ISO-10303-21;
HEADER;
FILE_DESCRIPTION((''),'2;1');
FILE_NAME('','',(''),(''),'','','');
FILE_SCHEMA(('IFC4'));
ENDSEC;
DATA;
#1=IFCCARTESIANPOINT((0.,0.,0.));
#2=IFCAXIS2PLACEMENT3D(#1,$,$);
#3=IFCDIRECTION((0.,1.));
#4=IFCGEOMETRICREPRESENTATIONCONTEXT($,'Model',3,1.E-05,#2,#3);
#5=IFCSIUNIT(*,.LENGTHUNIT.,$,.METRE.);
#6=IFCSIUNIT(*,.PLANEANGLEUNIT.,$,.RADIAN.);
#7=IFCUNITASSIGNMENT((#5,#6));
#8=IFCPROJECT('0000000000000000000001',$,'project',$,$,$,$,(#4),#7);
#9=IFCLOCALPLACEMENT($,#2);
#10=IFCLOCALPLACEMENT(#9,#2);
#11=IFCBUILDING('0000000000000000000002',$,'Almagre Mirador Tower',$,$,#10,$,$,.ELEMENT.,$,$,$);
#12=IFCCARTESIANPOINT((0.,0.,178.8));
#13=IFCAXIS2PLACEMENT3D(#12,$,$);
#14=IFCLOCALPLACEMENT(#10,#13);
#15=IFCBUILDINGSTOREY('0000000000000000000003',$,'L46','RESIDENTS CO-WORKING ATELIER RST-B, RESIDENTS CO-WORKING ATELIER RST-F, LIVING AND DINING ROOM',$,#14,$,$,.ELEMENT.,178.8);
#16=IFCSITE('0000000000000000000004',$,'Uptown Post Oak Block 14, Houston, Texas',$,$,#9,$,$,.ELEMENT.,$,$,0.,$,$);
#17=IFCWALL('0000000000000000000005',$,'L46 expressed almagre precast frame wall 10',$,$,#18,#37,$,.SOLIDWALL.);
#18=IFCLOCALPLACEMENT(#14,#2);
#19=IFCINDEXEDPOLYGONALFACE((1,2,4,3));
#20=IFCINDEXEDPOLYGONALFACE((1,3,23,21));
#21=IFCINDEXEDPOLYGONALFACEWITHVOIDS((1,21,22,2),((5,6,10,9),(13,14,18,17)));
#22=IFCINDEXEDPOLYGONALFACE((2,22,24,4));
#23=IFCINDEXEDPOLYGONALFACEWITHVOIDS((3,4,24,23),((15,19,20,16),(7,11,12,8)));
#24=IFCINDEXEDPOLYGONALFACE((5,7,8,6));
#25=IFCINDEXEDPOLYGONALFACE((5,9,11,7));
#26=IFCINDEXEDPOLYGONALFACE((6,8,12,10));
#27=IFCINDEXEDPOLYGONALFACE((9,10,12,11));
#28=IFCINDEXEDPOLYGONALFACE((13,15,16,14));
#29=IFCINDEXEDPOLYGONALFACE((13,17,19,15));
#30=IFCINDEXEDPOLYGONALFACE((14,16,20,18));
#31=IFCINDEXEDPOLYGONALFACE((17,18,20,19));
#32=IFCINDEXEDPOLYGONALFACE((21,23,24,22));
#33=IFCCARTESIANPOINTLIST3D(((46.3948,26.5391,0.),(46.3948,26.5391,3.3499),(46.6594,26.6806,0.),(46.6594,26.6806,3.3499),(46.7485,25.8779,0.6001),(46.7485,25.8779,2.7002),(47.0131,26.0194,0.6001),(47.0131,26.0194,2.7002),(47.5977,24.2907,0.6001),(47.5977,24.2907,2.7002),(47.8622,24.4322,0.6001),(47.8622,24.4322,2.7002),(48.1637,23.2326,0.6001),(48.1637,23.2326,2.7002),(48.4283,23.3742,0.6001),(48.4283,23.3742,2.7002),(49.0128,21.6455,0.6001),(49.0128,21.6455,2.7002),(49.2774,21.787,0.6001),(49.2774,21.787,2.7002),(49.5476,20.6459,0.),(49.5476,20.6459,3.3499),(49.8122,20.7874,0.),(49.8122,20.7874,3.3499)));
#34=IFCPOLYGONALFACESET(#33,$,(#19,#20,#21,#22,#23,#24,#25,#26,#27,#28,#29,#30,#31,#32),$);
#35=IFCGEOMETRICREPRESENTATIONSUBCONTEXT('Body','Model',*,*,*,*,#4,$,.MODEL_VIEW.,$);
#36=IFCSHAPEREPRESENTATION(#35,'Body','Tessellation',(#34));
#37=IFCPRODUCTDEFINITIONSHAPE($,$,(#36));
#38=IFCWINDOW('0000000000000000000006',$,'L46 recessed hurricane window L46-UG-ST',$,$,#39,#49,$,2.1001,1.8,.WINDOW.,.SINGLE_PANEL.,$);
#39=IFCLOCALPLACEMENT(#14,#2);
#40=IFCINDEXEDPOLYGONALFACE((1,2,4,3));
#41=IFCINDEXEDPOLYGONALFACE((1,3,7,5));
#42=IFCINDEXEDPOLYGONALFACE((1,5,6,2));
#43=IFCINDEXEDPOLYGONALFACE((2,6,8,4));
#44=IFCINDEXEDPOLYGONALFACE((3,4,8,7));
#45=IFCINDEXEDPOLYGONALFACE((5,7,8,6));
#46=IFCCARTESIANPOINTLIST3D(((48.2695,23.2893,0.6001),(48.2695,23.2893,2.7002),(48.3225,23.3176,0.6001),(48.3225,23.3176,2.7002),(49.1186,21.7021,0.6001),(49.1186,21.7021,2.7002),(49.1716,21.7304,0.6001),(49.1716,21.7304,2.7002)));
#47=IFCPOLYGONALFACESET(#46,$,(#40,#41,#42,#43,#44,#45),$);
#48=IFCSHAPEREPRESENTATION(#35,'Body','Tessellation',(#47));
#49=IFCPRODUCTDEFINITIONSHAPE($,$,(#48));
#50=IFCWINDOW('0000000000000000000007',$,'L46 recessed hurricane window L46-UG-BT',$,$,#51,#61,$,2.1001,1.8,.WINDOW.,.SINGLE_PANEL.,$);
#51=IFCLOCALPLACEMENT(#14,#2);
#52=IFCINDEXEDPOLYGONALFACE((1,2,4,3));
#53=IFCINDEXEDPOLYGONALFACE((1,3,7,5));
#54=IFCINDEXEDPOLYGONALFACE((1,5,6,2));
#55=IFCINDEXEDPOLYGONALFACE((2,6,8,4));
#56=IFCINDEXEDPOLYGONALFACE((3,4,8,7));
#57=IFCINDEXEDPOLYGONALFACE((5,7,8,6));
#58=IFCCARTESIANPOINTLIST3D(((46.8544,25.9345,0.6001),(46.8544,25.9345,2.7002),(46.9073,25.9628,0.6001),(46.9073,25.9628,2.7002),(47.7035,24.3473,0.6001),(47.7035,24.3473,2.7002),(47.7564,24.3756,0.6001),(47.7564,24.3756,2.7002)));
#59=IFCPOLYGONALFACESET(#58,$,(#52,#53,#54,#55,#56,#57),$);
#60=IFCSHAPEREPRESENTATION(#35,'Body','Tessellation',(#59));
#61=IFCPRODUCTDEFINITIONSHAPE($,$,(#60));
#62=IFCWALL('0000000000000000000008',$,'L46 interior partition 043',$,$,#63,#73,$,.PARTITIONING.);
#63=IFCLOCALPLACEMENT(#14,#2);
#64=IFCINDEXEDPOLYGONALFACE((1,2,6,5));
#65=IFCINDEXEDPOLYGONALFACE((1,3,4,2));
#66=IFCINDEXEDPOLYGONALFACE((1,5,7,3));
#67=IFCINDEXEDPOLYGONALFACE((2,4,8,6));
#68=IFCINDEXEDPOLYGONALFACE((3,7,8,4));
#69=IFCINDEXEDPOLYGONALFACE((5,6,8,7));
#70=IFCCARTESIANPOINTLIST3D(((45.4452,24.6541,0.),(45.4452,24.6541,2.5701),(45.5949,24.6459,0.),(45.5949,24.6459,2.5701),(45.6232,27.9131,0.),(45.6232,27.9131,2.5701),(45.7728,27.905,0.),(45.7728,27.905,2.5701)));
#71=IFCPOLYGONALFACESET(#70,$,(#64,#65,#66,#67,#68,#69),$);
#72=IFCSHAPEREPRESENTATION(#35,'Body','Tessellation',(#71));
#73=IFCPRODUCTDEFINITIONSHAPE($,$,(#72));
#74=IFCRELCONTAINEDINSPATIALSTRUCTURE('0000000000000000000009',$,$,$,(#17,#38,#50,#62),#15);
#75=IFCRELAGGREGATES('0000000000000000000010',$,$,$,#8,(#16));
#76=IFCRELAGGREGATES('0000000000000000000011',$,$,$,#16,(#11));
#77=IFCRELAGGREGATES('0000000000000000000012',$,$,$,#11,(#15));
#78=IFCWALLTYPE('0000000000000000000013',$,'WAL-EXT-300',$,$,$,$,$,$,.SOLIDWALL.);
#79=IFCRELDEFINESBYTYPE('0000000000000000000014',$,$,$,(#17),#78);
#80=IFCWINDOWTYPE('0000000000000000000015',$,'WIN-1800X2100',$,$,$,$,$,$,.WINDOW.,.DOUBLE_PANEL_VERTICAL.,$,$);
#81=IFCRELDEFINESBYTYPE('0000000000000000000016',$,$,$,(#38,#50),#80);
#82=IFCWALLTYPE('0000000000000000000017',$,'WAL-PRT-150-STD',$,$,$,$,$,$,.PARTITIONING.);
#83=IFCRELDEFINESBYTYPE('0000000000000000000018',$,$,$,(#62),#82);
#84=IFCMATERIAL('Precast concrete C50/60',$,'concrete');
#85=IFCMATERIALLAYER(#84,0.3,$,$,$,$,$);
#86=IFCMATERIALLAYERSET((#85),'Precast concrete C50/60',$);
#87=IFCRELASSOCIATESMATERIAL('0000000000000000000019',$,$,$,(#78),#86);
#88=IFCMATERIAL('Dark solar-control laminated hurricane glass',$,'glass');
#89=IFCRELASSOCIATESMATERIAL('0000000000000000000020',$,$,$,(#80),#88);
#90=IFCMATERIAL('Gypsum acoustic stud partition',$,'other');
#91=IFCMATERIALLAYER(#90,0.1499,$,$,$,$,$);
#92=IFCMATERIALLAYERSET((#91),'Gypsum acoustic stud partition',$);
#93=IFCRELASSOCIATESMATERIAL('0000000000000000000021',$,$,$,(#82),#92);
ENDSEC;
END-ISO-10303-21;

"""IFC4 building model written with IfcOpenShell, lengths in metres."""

from ifc_helpers import new_model, si_unit, direction, frame, frame_2d, origin, place, context, subcontext, project, spatial, rectangle, extrude, material, layer, layer_set, type_object, element, fill, save


model = new_model("IFC4")

# Units and contexts
model_context = context("Model", 3, precision=1e-05, world=origin(), true_north=direction((0.0, 1.0)))
body_context = subcontext(model_context, "Body", "Model", "MODEL_VIEW")
ifc_project = project(units=[si_unit("LENGTHUNIT", "METRE"), si_unit("PLANEANGLEUNIT", "RADIAN")], contexts=[model_context])

# Site, building, storey
site_placement = place(None, origin())
site = spatial("IfcSite", under=ifc_project, at=site_placement, Name="Uptown Post Oak Block 14, Houston, Texas", CompositionType="ELEMENT", RefElevation=0.0)
building_placement = place(site_placement, origin())
building = spatial("IfcBuilding", under=site, at=building_placement, Name="Almagre Mirador Tower", CompositionType="ELEMENT")
storey_placement = place(building_placement, frame((0.0, 0.0, 178.8)))
storey = spatial("IfcBuildingStorey", under=building, at=storey_placement, Name="L46", Description="RESIDENTS CO-WORKING ATELIER RST-B, RESIDENTS CO-WORKING ATELIER RST-F, LIVING AND DINING ROOM", CompositionType="ELEMENT", Elevation=178.8)

# Wall, openings, windows
ifc_material_1 = material(Name="Precast concrete C50/60", Category="concrete")
ifc_layer_1 = layer(ifc_material_1, 0.3)
ifc_layer_set_1 = layer_set([ifc_layer_1], Name="Precast concrete C50/60")
wall_type_1 = type_object("IfcWallType", Name="WAL-EXT-300", PredefinedType="SOLIDWALL", material=ifc_layer_set_1)
wall_1_placement = place(storey_placement, frame((46.5271, 26.6099, 0.0), z_axis=(0.0, 0.0, 1.0), x_axis=(0.471722, -0.881748, 0.0)))
wall_1 = element("IfcWall", 1, at=wall_1_placement, inside=storey, type_object=wall_type_1, Name="L46 expressed almagre precast frame wall 10", PredefinedType="SOLIDWALL", context=body_context, shape_type="SweptSolid", body=[
    extrude(rectangle(XDim=6.6836, YDim=0.3, at=frame_2d((3.3418, 0.0))), origin(), (0.0, 0.0, 1.0), 3.3499),
])
opening_1_placement = place(wall_1_placement, frame((3.75, 0.0, 0.6001)))
opening_1 = element("IfcOpeningElement", 2, at=opening_1_placement, cuts=wall_1, PredefinedType="OPENING", context=body_context, shape_type="SweptSolid", body=[
    extrude(rectangle(XDim=1.8, YDim=2.1001, at=frame_2d((0.8999, 1.05))), frame((0.0, 0.1599, 0.0), z_axis=(0.0, -1.0, 0.0), x_axis=(1.0, 0.0, 0.0)), (0.0, 0.0, 1.0), 0.32),
])
opening_2_placement = place(wall_1_placement, frame((0.75, 0.0, 0.6001)))
opening_2 = element("IfcOpeningElement", 3, at=opening_2_placement, cuts=wall_1, PredefinedType="OPENING", context=body_context, shape_type="SweptSolid", body=[
    extrude(rectangle(XDim=1.8, YDim=2.1001, at=frame_2d((0.8999, 1.05))), frame((0.0, 0.1599, 0.0), z_axis=(0.0, -1.0, 0.0), x_axis=(1.0, 0.0, 0.0)), (0.0, 0.0, 1.0), 0.32),
])
ifc_material_2 = material(Name="Dark solar-control laminated hurricane glass", Category="glass")
window_type = type_object("IfcWindowType", Name="WIN-1800X2100", PartitioningType="DOUBLE_PANEL_VERTICAL", PredefinedType="WINDOW", material=ifc_material_2)
window_1_placement = place(opening_1_placement, origin())
window_1 = element("IfcWindow", 4, at=window_1_placement, inside=storey, type_object=window_type, Name="L46 recessed hurricane window L46-UG-ST", OverallHeight=2.1001, OverallWidth=1.8, PartitioningType="SINGLE_PANEL", PredefinedType="WINDOW", context=body_context, shape_type="SweptSolid", body=[
    extrude(rectangle(XDim=1.8, YDim=2.1001, at=frame_2d((0.8999, 1.05))), frame((0.0, 0.03, 0.0), z_axis=(0.0, -1.0, 0.0), x_axis=(1.0, 0.0, 0.0)), (0.0, 0.0, 1.0), 0.0601),
])
fill(opening_1, window_1)
window_2_placement = place(opening_2_placement, origin())
window_2 = element("IfcWindow", 5, at=window_2_placement, inside=storey, type_object=window_type, Name="L46 recessed hurricane window L46-UG-BT", OverallHeight=2.1001, OverallWidth=1.8, PartitioningType="SINGLE_PANEL", PredefinedType="WINDOW", context=body_context, shape_type="SweptSolid", body=[
    extrude(rectangle(XDim=1.8, YDim=2.1001, at=frame_2d((0.8999, 1.05))), frame((0.0, 0.03, 0.0), z_axis=(0.0, -1.0, 0.0), x_axis=(1.0, 0.0, 0.0)), (0.0, 0.0, 1.0), 0.0601),
])
fill(opening_2, window_2)

# Wall
ifc_material_3 = material(Name="Gypsum acoustic stud partition", Category="other")
ifc_layer_2 = layer(ifc_material_3, 0.1499)
ifc_layer_set_2 = layer_set([ifc_layer_2], Name="Gypsum acoustic stud partition")
wall_type_2 = type_object("IfcWallType", Name="WAL-PRT-150-STD", PredefinedType="PARTITIONING", material=ifc_layer_set_2)
wall_2_placement = place(storey_placement, frame((45.698, 27.9089, 0.0), z_axis=(0.0, 0.0, 1.0), x_axis=(-0.05453, -0.998512, 0.0)))
element("IfcWall", 6, at=wall_2_placement, inside=storey, type_object=wall_type_2, Name="L46 interior partition 043", PredefinedType="PARTITIONING", context=body_context, shape_type="SweptSolid", body=[
    extrude(rectangle(XDim=3.2639, YDim=0.1499, at=frame_2d((1.6318, 0.0))), origin(), (0.0, 0.0, 1.0), 2.5701),
])

save(model, "model.ifc")
